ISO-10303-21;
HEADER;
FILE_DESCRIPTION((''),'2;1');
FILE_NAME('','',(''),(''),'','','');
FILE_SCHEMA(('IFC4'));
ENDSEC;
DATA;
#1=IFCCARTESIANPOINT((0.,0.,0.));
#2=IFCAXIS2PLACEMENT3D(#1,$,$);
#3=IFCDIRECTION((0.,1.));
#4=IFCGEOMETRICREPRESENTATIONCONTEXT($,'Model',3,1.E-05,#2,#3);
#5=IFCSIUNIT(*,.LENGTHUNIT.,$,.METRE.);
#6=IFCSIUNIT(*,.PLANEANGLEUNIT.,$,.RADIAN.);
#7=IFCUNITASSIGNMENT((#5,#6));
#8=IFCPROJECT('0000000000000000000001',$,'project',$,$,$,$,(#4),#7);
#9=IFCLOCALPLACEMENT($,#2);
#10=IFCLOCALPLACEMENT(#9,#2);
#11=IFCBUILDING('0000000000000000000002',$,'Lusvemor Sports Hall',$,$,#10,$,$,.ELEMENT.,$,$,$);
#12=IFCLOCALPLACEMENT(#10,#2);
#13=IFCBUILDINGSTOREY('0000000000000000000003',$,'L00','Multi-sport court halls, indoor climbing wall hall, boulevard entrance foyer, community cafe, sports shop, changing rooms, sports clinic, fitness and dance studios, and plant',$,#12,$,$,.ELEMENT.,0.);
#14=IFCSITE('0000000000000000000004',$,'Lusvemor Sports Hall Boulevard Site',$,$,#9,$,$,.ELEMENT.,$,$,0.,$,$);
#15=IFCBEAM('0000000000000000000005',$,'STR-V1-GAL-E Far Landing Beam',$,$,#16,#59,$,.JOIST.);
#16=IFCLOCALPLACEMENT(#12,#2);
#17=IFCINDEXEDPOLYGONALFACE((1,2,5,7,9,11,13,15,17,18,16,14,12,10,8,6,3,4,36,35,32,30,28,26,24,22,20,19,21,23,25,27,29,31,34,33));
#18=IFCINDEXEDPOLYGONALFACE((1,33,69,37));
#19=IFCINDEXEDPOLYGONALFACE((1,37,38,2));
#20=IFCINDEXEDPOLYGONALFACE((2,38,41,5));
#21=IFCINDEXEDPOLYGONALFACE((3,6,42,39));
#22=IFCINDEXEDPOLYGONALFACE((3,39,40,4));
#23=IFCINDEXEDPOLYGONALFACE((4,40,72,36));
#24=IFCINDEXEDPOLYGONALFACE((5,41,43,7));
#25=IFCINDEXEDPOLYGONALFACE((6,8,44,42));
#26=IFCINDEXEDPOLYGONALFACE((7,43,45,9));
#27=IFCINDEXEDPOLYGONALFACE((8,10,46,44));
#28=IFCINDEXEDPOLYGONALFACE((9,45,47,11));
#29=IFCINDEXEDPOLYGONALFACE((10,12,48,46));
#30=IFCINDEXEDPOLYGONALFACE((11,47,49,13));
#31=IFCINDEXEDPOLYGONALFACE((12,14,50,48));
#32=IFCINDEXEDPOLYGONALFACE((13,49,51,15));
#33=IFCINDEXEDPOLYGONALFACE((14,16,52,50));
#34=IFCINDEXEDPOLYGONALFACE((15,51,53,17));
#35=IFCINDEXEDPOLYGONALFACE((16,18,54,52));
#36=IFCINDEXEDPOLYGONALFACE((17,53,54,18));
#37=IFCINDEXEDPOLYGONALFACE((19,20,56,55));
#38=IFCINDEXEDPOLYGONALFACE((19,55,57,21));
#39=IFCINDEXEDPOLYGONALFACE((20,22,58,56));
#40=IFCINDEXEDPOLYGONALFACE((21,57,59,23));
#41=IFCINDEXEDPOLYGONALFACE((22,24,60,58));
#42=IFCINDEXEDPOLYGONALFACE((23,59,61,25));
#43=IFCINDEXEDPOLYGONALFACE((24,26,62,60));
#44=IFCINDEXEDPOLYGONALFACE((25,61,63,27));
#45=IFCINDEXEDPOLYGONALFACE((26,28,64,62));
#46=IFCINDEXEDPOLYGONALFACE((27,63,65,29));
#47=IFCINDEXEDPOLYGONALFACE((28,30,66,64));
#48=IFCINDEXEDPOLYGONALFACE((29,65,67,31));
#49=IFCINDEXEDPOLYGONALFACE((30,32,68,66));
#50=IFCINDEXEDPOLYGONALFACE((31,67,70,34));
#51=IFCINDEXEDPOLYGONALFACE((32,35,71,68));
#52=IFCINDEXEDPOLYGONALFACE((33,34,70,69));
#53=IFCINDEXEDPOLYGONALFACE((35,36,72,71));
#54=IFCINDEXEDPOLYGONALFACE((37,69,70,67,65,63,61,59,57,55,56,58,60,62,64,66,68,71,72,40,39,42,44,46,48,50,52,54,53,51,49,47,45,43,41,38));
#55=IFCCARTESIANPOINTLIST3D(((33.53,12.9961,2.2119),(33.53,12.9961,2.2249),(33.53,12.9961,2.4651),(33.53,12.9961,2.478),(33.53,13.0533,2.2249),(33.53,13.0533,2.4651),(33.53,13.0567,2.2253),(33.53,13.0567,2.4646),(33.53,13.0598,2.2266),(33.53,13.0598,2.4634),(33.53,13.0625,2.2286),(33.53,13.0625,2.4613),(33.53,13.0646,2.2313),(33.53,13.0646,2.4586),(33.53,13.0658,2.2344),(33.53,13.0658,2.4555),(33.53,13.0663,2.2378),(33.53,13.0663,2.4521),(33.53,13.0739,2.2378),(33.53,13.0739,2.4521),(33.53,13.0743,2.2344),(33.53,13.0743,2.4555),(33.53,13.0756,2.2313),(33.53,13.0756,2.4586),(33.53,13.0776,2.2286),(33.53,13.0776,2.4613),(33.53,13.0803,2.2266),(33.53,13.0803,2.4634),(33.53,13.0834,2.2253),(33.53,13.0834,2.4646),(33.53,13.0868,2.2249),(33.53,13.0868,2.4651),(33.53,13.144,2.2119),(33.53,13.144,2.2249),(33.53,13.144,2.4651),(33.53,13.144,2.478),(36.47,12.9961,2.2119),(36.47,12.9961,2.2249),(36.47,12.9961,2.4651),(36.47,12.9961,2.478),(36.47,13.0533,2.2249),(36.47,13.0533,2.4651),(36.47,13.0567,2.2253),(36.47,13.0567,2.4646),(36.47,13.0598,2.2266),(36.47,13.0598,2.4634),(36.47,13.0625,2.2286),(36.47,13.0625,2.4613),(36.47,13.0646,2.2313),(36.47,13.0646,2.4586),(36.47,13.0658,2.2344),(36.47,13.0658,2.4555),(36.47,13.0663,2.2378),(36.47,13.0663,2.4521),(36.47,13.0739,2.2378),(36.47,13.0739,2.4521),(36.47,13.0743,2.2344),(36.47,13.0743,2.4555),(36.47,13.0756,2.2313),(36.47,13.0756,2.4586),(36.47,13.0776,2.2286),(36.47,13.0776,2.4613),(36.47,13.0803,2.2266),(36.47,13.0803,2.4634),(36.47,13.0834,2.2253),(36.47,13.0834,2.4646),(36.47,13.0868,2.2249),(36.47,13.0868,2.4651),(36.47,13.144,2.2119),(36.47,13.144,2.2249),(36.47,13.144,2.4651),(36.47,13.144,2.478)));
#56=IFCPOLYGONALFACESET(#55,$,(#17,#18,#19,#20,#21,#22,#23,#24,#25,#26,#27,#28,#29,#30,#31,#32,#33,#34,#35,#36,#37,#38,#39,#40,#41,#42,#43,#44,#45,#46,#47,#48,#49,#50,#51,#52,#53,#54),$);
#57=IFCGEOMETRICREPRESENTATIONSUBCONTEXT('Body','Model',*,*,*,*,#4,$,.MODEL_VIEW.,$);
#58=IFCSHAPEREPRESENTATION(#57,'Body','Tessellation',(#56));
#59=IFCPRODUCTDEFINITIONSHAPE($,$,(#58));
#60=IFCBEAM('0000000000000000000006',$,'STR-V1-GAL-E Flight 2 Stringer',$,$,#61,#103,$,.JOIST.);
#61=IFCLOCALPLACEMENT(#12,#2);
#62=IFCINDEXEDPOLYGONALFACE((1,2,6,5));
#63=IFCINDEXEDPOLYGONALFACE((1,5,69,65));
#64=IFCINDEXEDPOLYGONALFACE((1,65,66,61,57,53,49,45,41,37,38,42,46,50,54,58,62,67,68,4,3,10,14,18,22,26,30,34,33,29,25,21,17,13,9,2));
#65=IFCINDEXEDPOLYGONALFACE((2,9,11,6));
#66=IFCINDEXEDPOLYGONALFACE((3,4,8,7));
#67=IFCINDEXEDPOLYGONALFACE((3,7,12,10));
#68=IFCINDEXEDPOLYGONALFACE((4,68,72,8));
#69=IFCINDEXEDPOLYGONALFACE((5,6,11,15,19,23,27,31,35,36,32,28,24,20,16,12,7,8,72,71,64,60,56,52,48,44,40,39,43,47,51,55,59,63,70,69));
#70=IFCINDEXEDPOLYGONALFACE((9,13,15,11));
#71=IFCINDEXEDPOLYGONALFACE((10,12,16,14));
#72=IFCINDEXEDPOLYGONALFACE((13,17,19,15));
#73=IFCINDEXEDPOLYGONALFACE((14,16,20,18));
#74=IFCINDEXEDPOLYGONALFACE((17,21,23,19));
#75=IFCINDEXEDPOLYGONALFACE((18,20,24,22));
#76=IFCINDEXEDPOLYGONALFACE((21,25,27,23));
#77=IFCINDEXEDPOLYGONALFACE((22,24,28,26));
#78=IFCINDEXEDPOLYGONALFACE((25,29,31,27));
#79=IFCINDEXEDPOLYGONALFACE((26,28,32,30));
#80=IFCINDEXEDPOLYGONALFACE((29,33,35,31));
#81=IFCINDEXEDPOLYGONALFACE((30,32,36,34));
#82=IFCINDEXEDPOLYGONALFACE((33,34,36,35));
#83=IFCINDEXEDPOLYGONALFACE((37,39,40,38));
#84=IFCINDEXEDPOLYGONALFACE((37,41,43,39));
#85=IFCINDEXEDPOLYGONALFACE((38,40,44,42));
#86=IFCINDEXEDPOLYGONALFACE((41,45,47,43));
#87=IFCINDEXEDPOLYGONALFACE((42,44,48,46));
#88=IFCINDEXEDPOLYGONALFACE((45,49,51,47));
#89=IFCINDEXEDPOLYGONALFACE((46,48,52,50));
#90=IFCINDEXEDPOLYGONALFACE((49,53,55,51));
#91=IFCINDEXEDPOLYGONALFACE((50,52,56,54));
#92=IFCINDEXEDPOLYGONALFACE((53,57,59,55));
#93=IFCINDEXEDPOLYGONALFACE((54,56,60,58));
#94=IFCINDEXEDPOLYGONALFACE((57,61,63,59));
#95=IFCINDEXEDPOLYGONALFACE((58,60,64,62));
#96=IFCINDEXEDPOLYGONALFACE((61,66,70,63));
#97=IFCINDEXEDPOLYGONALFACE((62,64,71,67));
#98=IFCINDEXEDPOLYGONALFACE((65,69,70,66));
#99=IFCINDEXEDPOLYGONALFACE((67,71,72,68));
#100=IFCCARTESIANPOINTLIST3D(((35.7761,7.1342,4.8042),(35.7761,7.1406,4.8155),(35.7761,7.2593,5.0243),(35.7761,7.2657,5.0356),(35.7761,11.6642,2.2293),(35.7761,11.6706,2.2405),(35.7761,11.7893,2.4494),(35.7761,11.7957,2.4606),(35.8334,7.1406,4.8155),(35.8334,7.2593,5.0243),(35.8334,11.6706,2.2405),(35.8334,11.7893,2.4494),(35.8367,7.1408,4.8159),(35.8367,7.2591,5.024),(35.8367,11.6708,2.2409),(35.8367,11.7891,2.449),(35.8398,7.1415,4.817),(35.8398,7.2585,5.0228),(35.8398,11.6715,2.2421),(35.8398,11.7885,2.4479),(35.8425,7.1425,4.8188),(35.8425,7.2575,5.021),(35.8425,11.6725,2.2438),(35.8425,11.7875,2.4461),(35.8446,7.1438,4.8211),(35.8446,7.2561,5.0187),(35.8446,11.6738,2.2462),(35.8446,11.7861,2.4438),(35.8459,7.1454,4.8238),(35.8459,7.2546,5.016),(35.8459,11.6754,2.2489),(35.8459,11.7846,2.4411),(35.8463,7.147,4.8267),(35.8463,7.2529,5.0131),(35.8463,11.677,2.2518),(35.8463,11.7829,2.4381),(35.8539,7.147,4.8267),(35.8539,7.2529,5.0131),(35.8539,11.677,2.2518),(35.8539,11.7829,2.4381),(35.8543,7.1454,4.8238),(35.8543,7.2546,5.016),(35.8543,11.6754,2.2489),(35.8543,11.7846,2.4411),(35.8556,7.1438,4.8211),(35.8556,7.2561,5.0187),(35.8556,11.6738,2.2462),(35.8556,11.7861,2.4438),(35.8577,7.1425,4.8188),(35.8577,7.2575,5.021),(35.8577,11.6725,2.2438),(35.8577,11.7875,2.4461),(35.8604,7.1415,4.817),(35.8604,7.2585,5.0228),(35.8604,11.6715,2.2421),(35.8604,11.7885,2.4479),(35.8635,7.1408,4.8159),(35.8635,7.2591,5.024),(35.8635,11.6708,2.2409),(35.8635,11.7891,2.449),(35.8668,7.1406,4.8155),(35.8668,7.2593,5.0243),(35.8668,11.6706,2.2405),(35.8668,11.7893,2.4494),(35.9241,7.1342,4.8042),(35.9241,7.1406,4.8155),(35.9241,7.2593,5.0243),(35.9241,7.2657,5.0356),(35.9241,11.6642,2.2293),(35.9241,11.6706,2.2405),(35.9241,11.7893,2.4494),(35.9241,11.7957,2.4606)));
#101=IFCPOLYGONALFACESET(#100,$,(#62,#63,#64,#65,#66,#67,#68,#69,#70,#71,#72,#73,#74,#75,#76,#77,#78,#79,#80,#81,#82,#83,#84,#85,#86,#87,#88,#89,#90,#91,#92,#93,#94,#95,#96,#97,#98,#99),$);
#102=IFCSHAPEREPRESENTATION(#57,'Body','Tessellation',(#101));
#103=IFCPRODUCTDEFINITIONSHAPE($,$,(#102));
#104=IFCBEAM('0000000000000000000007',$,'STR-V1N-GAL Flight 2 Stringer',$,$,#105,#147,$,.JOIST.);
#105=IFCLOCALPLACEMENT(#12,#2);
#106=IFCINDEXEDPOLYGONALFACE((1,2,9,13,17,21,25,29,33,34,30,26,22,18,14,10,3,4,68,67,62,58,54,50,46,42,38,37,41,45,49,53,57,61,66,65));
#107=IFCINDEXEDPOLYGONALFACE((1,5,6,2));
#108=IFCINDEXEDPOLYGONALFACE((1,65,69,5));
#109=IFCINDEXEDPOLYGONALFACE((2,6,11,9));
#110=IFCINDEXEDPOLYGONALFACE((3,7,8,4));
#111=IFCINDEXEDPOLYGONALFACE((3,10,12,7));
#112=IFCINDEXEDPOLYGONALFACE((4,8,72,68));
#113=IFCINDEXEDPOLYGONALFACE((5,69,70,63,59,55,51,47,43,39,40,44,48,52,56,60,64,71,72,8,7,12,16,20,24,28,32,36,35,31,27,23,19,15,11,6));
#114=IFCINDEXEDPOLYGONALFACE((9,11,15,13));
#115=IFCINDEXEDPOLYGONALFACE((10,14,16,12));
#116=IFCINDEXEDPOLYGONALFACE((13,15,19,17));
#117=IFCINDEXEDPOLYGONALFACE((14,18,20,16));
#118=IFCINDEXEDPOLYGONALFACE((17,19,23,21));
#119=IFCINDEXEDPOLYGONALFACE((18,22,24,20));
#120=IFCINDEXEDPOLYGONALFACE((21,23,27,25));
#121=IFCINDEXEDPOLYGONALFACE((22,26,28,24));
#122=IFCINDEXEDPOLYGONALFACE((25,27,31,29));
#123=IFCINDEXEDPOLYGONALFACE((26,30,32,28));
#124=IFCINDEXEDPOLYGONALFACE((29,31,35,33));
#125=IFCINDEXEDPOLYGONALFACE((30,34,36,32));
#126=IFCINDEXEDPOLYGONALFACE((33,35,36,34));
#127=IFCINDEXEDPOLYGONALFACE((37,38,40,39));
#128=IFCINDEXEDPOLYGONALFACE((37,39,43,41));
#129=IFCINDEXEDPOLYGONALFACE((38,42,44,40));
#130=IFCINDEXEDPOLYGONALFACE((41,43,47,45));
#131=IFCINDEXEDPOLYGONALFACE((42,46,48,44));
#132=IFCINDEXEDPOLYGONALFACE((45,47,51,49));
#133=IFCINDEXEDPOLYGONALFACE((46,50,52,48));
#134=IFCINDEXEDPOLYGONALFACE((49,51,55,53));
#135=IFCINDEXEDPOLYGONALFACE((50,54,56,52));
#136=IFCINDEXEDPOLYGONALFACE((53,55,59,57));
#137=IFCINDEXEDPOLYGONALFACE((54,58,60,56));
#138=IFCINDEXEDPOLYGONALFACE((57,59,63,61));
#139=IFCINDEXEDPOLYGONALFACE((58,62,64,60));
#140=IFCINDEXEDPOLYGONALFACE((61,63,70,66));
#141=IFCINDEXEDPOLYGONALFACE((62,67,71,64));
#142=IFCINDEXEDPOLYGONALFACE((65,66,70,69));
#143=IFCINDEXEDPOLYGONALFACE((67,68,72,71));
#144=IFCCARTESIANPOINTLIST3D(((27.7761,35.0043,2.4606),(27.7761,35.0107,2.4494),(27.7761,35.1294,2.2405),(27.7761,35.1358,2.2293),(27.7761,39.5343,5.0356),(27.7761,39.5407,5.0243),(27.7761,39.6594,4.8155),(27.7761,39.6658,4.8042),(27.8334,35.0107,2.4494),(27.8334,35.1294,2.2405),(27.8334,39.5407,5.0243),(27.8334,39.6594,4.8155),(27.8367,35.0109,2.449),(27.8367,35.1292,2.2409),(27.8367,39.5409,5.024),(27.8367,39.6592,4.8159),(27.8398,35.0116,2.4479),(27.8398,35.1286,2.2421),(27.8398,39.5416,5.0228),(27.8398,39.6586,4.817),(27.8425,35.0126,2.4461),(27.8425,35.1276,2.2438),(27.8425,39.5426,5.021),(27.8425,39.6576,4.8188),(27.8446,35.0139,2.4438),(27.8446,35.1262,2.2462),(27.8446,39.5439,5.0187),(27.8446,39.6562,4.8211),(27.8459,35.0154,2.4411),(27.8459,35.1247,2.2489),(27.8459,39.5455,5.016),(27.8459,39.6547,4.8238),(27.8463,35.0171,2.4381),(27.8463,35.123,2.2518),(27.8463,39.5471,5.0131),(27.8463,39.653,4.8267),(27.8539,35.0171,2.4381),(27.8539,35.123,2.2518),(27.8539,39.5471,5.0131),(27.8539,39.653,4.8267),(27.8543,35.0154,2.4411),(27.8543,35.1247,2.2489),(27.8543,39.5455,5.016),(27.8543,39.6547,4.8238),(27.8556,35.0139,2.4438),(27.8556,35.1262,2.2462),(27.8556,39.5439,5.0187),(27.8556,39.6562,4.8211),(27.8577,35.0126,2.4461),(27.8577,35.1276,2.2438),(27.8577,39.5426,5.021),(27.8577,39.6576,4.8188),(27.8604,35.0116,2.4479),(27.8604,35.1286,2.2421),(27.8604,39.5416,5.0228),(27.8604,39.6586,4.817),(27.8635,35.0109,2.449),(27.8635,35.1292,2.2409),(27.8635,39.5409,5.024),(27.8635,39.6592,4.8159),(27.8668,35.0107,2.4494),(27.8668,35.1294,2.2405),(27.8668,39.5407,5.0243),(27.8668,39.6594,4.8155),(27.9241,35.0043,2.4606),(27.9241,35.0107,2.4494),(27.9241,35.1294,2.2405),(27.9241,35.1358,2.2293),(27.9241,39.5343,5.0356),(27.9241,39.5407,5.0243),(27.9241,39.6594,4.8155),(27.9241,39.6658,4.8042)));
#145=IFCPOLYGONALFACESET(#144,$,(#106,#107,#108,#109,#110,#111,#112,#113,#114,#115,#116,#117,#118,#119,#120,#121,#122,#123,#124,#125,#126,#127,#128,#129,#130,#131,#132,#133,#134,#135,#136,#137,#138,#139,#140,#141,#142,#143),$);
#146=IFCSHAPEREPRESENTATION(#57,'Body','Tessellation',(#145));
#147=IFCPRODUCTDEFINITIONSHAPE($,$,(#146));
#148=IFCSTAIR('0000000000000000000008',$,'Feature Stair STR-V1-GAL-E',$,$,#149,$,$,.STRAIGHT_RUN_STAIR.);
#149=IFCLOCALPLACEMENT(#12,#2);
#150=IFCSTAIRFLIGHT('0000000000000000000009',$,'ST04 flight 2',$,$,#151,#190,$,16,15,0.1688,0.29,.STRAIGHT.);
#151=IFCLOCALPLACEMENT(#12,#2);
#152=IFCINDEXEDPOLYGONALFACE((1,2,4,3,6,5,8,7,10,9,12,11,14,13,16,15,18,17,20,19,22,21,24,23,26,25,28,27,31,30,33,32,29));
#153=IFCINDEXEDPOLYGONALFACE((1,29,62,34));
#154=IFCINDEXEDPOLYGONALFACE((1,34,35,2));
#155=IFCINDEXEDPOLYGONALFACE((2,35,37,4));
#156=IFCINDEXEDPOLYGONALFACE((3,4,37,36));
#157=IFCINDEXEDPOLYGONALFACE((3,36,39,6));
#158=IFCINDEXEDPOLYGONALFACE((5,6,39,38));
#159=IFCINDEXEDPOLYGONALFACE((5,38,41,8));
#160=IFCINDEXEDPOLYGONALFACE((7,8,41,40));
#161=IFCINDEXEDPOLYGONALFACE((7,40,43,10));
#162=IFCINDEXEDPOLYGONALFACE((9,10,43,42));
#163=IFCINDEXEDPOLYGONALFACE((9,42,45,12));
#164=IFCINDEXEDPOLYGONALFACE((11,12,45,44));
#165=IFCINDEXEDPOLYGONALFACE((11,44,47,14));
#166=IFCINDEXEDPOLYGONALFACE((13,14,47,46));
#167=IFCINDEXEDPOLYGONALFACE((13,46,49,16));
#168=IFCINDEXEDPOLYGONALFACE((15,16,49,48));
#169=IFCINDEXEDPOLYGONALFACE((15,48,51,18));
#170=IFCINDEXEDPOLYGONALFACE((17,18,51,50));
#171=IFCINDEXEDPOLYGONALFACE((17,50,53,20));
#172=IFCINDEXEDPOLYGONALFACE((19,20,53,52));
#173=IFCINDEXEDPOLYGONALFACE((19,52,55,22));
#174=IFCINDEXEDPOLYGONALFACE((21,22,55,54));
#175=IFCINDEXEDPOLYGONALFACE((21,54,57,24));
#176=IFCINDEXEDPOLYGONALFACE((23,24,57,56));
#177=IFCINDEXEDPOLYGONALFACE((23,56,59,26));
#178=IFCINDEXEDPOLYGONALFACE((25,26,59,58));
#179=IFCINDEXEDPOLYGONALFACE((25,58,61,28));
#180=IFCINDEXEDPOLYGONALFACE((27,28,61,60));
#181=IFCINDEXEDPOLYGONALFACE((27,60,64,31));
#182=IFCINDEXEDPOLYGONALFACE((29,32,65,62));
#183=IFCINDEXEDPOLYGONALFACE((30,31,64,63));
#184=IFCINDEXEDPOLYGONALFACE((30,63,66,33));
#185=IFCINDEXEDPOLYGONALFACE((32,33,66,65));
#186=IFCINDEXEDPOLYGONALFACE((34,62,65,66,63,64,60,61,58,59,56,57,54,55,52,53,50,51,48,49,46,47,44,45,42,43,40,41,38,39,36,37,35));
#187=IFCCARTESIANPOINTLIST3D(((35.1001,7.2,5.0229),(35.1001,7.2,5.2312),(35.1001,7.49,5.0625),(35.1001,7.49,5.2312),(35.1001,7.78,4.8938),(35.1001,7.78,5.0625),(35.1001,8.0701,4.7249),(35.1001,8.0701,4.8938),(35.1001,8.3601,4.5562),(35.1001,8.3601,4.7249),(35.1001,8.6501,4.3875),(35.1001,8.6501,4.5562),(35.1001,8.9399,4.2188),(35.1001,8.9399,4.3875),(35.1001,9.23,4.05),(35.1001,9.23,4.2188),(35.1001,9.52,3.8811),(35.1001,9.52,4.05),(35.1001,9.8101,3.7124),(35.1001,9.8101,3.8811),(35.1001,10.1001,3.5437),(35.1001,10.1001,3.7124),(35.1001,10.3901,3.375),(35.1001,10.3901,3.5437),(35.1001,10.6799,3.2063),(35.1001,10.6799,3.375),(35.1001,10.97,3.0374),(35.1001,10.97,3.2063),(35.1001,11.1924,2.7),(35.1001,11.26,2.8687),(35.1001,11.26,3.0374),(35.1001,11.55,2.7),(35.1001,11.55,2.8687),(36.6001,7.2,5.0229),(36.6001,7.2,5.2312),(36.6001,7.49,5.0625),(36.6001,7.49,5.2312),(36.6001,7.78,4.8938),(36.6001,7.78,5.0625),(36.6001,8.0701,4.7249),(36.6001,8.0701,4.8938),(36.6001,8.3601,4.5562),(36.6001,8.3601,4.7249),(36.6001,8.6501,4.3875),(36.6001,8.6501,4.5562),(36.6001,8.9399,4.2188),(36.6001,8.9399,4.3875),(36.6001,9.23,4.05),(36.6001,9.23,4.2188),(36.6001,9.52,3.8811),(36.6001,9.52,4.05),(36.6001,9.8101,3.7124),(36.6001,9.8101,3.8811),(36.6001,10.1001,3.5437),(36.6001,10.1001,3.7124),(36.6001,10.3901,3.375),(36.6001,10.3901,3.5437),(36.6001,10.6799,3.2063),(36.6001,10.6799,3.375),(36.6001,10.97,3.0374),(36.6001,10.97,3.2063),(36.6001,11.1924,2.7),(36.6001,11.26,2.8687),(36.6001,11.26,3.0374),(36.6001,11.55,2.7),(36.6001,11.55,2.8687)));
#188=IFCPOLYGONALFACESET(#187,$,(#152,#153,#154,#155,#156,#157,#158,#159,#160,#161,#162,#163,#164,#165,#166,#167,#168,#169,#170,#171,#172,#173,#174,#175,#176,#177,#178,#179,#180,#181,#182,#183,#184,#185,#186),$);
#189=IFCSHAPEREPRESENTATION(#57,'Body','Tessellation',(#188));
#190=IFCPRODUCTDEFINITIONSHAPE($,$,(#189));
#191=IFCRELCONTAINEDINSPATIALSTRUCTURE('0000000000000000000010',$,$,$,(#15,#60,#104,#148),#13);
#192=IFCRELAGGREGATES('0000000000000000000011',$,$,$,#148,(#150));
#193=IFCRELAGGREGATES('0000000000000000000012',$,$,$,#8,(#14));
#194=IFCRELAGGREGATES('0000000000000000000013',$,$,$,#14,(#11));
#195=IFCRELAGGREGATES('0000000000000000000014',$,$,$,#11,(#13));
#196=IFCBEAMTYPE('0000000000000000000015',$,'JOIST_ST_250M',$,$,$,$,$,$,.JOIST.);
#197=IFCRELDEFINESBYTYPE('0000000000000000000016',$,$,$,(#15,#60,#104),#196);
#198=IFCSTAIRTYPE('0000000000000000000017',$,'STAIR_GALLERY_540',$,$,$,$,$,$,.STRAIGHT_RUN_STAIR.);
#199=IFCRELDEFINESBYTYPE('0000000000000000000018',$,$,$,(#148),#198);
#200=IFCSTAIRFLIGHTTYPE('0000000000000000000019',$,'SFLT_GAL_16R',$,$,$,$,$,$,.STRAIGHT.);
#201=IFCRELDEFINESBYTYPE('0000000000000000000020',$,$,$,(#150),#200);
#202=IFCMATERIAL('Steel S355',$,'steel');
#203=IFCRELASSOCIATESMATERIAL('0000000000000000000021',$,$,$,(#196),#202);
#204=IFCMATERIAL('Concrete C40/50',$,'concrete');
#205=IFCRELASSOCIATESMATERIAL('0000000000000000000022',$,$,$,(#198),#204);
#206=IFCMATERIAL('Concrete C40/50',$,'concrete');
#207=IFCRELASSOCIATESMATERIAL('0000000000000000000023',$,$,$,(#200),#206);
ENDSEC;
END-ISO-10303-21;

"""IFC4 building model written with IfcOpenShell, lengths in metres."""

from ifc_helpers import new_model, si_unit, direction, frame, origin, origin_2d, place, context, subcontext, project, spatial, polyline, i_section, outline, extrude, material, material_profile, profile_set, type_object, element, aggregate, save


model = new_model("IFC4")

# Units and contexts
model_context = context("Model", 3, precision=1e-05, world=origin(), true_north=direction((0.0, 1.0)))
body_context = subcontext(model_context, "Body", "Model", "MODEL_VIEW")
ifc_project = project(units=[si_unit("LENGTHUNIT", "METRE"), si_unit("PLANEANGLEUNIT", "RADIAN")], contexts=[model_context])

# Site, building, storey
site_placement = place(None, origin())
site = spatial("IfcSite", under=ifc_project, at=site_placement, Name="Lusvemor Sports Hall Boulevard Site", CompositionType="ELEMENT", RefElevation=0.0)
building_placement = place(site_placement, origin())
building = spatial("IfcBuilding", under=site, at=building_placement, Name="Lusvemor Sports Hall", CompositionType="ELEMENT")
storey_placement = place(building_placement, origin())
storey = spatial("IfcBuildingStorey", under=building, at=storey_placement, Name="L00", Description="Multi-sport court halls, indoor climbing wall hall, boulevard entrance foyer, community cafe, sports shop, changing rooms, sports clinic, fitness and dance studios, and plant", CompositionType="ELEMENT", Elevation=0.0)

# Beams
ifc_material_1 = material(Name="Steel S355", Category="steel")
ifc_material_profile_1 = material_profile(ifc_material_1, i_section(OverallWidth=0.1479, OverallDepth=0.2661, WebThickness=0.0076, FlangeThickness=0.0129, FilletRadius=0.0129, at=origin_2d()), Name="W250x44.8")
ifc_profile_set_1 = profile_set([ifc_material_profile_1], Name="Steel S355")
beam_type = type_object("IfcBeamType", Name="JOIST_ST_250M", PredefinedType="JOIST", material=ifc_profile_set_1)
for number, where, z_axis, x_axis, name in (
    (1, (33.53, 13.0701, 2.345), (1.0, 0.0, 0.0), (0.0, 1.0, 0.0), "STR-V1-GAL-E Far Landing Beam"),
):
    element("IfcBeam", number, at=place(storey_placement, frame(where, z_axis=z_axis, x_axis=x_axis)), inside=storey, type_object=beam_type, Name=name, PredefinedType="JOIST", context=body_context, shape_type="SweptSolid", body=[
        extrude(i_section(OverallWidth=0.1479, OverallDepth=0.2661, WebThickness=0.0076, FlangeThickness=0.0129, FilletRadius=0.0129, at=origin_2d()), origin(), (0.0, 0.0, 1.0), 2.9399),
    ])
for number, where, z_axis, x_axis, name in (
    (2, (35.8501, 11.73, 2.345), (0.0, -0.869368, 0.494165), (1.0, 0.0, 0.0), "STR-V1-GAL-E Flight 2 Stringer"),
    (3, (27.8501, 35.0701, 2.345), (0.0, 0.869368, 0.494165), (-1.0, 0.0, 0.0), "STR-V1N-GAL Flight 2 Stringer"),
):
    element("IfcBeam", number, at=place(storey_placement, frame(where, z_axis=z_axis, x_axis=x_axis)), inside=storey, type_object=beam_type, Name=name, PredefinedType="JOIST", context=body_context, shape_type="SweptSolid", body=[
        extrude(i_section(OverallWidth=0.1479, OverallDepth=0.2661, WebThickness=0.0076, FlangeThickness=0.0129, FilletRadius=0.0129, at=origin_2d()), origin(), (0.0, 0.0, 1.0), 5.2107),
    ])

# Stair, stair flight
ifc_material_2 = material(Name="Concrete C40/50", Category="concrete")
stair_type = type_object("IfcStairType", Name="STAIR_GALLERY_540", PredefinedType="STRAIGHT_RUN_STAIR", material=ifc_material_2)
stair_1_placement = place(storey_placement, origin())
stair_1 = element("IfcStair", 4, at=stair_1_placement, inside=storey, type_object=stair_type, Name="Feature Stair STR-V1-GAL-E", PredefinedType="STRAIGHT_RUN_STAIR")
ifc_material_3 = material(Name="Concrete C40/50", Category="concrete")
stair_flight_type = type_object("IfcStairFlightType", Name="SFLT_GAL_16R", PredefinedType="STRAIGHT", material=ifc_material_3)
stair_flight_1_placement = place(storey_placement, frame((35.8501, 11.55, 2.7), z_axis=(0.0, 0.0, 1.0), x_axis=(0.0, -1.0, 0.0)))
stair_flight_1 = element("IfcStairFlight", 5, at=stair_flight_1_placement, type_object=stair_flight_type, Name="ST04 flight 2", NumberOfRisers=16, NumberOfTreads=15, PredefinedType="STRAIGHT", RiserHeight=0.1688, TreadLength=0.29, context=body_context, shape_type="SweptSolid", body=[
    extrude(outline(polyline([(0.0, 0.0), (0.0, 0.1687), (0.29, 0.1687), (0.29, 0.3374), (0.5801, 0.3374), (0.5801, 0.5063), (0.8701, 0.5063), (0.8701, 0.675), (1.1599, 0.675), (1.1599, 0.8438), (1.45, 0.8438), (1.45, 1.0125), (1.74, 1.0125), (1.74, 1.1812), (2.03, 1.1812), (2.03, 1.3501), (2.3201, 1.3501), (2.3201, 1.5188), (2.6101, 1.5188), (2.6101, 1.6875), (2.8999, 1.6875), (2.8999, 1.8562), (3.1899, 1.8562), (3.1899, 2.0249), (3.48, 2.0249), (3.48, 2.1938), (3.77, 2.1938), (3.77, 2.3625), (4.0601, 2.3625), (4.0601, 2.5312), (4.3501, 2.5312), (4.3501, 2.7), (4.3501, 2.323), (0.3577, 0.0), (0.0, 0.0)])), frame((0.0, 0.75, 0.0), z_axis=(0.0, -1.0, 0.0), x_axis=(1.0, 0.0, 0.0)), (0.0, 0.0, 1.0), 1.5),
])
aggregate(stair_1, [stair_flight_1])

save(model, "model.ifc")
